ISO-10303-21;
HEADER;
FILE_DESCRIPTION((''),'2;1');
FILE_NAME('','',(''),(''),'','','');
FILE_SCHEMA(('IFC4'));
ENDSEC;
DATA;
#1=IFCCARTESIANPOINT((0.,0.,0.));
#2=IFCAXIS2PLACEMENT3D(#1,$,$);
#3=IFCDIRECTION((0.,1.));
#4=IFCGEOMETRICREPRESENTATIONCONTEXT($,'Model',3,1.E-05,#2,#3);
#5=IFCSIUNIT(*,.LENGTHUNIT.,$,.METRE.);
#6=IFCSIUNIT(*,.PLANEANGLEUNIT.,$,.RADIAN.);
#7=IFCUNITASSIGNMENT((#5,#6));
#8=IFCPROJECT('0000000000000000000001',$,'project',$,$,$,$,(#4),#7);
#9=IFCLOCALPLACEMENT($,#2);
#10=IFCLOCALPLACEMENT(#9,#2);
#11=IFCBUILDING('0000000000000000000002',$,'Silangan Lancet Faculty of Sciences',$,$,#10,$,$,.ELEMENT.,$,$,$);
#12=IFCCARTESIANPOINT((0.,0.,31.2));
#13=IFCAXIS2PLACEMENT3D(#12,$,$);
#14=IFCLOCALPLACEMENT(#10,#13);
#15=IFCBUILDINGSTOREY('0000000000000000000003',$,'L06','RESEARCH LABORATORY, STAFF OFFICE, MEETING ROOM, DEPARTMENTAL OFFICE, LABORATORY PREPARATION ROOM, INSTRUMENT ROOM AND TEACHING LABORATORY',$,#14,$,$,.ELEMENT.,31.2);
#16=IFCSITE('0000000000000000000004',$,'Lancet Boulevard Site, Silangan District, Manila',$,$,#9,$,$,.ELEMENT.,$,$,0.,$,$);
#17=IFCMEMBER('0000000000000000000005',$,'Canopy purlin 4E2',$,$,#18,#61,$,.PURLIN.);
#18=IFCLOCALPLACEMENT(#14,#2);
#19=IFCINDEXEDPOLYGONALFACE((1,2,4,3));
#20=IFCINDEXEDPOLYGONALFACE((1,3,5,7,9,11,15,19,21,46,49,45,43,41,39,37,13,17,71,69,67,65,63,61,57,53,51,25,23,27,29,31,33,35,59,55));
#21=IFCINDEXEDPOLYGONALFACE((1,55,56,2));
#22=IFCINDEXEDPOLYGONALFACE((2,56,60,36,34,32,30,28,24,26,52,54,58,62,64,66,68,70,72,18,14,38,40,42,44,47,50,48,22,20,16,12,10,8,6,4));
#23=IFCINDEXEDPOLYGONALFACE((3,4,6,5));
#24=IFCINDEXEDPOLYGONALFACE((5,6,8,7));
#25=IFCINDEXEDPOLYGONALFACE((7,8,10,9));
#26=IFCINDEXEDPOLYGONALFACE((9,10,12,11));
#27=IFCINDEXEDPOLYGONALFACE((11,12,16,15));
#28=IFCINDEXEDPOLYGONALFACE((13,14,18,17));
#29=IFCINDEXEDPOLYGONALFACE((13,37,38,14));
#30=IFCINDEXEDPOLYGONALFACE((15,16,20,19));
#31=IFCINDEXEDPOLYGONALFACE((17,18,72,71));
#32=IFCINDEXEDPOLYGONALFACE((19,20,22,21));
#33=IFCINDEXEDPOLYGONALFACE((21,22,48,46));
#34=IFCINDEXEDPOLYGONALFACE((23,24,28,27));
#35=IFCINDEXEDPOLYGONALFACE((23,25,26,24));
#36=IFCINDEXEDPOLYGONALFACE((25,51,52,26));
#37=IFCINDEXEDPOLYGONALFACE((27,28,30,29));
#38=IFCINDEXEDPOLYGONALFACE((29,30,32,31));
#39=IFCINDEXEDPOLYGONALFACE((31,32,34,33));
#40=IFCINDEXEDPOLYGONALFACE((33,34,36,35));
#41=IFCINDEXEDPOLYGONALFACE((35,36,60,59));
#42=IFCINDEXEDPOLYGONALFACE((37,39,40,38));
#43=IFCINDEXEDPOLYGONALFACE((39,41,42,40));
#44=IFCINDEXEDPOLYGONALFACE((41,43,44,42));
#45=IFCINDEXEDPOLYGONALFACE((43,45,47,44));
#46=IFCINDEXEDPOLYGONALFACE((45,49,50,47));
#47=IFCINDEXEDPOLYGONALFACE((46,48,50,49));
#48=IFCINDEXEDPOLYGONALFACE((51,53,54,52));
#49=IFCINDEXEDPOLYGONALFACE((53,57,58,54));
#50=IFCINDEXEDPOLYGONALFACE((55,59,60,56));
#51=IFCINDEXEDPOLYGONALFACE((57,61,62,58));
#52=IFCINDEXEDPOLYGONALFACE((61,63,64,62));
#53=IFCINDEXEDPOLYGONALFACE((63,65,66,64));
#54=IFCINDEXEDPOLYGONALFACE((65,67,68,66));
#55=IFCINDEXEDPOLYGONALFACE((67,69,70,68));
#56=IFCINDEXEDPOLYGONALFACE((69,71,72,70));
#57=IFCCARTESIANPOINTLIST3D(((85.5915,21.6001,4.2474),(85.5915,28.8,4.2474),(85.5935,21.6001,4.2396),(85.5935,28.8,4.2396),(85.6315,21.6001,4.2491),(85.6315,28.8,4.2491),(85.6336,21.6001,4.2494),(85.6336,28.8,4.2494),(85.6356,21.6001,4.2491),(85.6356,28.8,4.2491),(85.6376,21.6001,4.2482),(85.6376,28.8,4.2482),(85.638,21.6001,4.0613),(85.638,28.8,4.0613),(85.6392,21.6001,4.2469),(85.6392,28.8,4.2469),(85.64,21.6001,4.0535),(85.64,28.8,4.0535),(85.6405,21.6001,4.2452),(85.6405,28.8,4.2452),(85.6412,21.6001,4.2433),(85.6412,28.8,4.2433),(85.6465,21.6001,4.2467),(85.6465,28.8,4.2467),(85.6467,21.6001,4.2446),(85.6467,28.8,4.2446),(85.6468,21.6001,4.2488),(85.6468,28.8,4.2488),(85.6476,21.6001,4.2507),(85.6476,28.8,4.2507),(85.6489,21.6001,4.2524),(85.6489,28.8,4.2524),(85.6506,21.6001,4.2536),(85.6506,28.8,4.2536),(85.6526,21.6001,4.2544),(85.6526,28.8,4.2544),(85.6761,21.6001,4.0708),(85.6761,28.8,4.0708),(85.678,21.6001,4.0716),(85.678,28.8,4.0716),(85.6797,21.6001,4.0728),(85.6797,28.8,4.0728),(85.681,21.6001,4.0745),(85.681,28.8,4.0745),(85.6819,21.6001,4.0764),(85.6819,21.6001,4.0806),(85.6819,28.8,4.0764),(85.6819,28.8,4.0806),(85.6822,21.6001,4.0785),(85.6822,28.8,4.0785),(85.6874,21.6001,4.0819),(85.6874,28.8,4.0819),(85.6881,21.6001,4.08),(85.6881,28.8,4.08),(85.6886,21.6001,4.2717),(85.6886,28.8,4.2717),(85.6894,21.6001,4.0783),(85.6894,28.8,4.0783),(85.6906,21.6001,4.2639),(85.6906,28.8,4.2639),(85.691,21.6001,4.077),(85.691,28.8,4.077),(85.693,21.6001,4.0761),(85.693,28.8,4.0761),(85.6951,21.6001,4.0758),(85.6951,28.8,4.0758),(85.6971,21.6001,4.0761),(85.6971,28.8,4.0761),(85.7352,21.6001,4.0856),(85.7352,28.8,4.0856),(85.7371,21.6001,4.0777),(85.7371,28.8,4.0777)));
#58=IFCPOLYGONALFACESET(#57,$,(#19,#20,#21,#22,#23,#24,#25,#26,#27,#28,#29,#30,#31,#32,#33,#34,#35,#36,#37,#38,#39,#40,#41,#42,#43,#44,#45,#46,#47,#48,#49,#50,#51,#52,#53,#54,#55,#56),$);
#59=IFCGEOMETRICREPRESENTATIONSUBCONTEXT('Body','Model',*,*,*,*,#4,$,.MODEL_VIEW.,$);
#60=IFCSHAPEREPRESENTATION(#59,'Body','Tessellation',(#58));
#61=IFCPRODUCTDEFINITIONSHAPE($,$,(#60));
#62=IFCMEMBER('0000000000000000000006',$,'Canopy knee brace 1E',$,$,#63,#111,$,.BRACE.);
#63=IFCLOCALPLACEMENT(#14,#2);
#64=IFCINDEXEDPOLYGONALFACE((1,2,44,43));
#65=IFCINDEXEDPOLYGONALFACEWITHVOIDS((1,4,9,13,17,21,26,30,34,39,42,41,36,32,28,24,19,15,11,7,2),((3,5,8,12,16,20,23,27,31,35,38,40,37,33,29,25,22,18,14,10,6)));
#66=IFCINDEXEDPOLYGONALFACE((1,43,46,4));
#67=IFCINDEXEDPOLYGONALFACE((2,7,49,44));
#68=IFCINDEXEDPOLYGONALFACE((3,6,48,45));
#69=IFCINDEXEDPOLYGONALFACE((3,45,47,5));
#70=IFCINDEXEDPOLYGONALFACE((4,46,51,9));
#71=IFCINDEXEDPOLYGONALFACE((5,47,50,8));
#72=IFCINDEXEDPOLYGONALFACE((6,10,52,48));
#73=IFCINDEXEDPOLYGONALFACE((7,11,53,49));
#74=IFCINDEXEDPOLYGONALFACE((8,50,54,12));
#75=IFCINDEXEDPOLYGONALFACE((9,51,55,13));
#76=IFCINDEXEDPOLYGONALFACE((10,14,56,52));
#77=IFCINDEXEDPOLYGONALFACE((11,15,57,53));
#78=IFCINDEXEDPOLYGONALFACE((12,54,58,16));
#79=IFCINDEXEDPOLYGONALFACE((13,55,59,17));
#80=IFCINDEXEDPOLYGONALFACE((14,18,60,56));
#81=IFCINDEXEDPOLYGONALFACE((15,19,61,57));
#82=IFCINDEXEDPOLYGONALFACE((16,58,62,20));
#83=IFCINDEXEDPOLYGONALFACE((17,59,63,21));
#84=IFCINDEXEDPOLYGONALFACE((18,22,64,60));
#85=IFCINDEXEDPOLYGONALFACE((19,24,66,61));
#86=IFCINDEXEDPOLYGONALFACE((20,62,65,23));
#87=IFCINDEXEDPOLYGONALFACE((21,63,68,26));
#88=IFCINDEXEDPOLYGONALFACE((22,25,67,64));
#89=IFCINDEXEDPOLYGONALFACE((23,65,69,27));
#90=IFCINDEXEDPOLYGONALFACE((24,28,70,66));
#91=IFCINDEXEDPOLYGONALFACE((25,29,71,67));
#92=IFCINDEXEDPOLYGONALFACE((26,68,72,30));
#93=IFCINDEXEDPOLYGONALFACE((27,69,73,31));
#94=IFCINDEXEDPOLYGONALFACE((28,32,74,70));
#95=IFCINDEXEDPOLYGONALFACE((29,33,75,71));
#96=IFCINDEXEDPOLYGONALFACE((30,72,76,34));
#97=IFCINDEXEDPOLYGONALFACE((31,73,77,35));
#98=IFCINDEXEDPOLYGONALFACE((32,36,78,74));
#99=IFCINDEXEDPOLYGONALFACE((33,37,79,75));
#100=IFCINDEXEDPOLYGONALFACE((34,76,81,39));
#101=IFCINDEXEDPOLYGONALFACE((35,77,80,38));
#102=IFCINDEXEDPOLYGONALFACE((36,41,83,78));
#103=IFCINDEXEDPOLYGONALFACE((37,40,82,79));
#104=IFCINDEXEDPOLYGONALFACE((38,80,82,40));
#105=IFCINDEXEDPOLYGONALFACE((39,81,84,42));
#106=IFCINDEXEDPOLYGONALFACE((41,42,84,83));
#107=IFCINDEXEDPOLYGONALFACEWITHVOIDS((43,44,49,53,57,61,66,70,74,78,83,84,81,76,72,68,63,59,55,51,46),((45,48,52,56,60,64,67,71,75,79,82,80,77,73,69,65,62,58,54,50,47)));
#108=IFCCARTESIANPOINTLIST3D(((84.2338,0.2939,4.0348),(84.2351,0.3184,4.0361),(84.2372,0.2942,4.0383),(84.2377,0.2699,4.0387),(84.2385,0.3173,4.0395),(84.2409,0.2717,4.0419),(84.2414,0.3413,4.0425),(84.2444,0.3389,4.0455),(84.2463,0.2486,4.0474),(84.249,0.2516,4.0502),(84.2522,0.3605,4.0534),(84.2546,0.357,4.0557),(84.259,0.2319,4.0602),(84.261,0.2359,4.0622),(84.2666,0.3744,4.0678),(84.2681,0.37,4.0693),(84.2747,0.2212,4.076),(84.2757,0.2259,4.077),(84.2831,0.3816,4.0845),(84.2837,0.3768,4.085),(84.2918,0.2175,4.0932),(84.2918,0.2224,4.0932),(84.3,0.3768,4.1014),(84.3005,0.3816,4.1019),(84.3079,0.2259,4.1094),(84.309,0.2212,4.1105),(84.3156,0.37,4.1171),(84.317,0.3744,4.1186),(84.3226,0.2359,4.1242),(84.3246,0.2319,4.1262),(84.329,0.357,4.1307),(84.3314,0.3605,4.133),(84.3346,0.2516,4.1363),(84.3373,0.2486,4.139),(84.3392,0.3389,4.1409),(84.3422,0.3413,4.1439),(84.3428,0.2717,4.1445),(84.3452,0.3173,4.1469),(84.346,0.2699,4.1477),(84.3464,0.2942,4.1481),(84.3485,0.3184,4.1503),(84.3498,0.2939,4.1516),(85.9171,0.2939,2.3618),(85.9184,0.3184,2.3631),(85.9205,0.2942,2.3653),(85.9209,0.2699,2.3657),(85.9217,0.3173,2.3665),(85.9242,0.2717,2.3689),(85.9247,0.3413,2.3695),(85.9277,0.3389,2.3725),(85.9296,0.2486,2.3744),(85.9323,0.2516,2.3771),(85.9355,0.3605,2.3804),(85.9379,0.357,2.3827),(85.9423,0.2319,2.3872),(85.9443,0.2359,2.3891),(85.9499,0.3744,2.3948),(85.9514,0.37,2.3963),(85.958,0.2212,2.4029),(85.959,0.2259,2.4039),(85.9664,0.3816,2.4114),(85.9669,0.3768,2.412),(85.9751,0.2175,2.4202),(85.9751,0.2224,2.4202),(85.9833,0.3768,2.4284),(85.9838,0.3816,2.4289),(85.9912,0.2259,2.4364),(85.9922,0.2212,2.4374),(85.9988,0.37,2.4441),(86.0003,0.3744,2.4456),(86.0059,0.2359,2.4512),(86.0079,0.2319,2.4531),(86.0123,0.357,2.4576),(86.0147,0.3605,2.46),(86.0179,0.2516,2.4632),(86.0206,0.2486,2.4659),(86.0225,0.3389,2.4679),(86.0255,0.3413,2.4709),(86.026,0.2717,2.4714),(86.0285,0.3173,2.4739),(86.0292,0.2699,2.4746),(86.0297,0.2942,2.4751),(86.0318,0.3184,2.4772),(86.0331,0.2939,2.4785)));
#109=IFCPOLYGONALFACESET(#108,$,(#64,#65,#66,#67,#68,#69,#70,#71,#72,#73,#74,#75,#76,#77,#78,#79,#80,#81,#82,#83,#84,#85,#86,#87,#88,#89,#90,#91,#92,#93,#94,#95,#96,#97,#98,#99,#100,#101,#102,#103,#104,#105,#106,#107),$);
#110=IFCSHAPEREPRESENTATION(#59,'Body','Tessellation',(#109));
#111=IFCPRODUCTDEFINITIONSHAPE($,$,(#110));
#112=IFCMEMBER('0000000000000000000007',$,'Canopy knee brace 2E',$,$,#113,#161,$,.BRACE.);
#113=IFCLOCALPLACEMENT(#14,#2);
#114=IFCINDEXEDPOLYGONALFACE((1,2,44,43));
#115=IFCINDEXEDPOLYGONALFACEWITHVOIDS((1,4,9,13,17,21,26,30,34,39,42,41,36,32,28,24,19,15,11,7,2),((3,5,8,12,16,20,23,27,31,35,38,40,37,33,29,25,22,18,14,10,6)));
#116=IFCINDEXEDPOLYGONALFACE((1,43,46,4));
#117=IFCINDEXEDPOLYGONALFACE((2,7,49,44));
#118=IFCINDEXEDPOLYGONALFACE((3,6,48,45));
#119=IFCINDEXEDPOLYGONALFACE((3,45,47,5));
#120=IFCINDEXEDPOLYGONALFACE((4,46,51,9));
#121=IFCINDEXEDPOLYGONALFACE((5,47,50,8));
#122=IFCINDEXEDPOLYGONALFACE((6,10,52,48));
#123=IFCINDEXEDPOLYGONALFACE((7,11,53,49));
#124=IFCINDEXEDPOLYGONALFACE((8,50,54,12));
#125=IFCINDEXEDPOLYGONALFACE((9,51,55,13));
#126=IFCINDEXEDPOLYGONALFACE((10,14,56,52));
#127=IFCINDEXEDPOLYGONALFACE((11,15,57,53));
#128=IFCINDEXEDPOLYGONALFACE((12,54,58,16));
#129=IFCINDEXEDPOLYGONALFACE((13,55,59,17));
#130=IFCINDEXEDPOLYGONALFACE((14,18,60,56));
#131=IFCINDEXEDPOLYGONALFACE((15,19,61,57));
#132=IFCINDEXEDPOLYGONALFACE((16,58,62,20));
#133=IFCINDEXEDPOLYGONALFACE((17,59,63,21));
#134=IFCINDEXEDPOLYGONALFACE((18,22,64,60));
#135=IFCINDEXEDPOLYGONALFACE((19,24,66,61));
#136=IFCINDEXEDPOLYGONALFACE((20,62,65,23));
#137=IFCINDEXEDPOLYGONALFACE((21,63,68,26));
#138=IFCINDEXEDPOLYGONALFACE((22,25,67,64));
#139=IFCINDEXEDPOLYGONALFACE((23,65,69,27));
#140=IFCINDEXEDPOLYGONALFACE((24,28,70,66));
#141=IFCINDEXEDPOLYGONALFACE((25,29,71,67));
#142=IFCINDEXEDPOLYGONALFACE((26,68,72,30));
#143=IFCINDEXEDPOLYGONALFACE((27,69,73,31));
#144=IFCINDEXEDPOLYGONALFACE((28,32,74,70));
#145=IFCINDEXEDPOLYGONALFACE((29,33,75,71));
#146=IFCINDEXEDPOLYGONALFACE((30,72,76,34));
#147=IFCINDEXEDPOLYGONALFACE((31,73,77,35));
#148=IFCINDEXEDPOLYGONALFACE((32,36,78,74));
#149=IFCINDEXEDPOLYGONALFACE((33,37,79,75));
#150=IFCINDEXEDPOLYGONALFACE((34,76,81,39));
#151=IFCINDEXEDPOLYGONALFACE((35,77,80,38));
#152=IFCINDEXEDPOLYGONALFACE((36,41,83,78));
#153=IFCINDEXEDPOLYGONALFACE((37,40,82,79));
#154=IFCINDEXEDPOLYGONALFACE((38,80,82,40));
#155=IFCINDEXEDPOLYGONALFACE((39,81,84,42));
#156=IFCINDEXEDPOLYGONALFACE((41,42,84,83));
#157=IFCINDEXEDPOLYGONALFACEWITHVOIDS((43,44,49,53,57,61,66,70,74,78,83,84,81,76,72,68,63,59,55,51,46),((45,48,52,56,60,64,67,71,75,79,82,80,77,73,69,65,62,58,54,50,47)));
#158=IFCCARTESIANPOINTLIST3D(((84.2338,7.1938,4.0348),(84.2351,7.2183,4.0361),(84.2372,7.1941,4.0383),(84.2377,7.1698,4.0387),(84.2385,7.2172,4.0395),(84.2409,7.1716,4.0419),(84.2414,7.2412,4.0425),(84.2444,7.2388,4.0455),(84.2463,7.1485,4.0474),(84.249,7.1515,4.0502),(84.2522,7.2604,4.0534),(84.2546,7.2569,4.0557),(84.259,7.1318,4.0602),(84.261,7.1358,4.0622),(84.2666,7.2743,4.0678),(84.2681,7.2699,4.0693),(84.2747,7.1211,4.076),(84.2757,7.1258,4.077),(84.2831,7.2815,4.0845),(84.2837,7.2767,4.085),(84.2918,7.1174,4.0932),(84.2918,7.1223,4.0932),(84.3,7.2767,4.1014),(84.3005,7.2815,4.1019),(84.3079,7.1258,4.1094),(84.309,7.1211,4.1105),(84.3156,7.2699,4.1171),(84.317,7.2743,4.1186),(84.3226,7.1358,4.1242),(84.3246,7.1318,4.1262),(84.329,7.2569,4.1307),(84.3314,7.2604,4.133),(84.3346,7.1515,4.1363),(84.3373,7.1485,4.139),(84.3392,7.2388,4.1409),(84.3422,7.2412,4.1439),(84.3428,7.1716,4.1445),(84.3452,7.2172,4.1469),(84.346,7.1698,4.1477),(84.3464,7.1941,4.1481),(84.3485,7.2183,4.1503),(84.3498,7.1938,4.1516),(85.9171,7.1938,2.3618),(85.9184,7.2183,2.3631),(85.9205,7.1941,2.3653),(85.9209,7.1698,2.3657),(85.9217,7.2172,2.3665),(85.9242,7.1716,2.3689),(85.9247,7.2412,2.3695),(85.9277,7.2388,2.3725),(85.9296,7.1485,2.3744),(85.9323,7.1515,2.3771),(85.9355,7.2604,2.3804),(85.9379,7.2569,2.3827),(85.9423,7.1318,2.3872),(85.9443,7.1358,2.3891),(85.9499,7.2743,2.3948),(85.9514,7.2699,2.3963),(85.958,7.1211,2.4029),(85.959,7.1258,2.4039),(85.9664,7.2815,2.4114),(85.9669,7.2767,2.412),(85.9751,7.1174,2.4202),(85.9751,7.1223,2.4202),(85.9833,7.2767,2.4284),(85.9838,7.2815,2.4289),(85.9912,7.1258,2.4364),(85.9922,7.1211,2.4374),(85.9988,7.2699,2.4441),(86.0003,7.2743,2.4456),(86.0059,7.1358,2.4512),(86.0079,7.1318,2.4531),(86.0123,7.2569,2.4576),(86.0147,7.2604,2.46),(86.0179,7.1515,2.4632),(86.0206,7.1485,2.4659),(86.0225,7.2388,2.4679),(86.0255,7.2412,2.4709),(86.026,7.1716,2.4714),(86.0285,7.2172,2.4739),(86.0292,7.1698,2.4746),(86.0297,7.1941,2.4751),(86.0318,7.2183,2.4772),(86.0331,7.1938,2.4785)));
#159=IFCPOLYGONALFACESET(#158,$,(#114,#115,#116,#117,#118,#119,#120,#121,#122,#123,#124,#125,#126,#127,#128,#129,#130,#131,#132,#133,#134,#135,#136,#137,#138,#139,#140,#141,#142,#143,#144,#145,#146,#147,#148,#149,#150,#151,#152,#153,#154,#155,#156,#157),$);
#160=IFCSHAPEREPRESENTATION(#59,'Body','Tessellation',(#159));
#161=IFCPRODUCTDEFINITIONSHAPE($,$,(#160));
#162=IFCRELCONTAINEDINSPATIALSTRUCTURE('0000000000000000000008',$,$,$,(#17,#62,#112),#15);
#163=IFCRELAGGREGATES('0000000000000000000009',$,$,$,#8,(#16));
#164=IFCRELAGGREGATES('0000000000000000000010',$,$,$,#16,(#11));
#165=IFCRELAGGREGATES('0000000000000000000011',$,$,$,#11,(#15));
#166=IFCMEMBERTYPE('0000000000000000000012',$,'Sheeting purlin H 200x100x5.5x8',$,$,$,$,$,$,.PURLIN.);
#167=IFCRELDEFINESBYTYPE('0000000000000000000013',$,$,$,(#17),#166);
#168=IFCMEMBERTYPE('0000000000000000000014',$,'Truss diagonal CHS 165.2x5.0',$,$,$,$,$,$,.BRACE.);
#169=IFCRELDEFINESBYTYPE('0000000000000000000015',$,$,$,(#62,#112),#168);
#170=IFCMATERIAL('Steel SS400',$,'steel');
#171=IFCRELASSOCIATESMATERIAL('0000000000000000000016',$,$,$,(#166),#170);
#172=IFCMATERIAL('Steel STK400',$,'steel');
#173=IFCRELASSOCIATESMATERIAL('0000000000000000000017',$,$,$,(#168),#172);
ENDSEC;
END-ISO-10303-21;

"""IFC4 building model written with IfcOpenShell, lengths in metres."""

from ifc_helpers import new_model, si_unit, direction, frame, origin, origin_2d, place, context, subcontext, project, spatial, hollow_circle, i_section, extrude, material, material_profile, profile_set, type_object, element, save


model = new_model("IFC4")

# Units and contexts
model_context = context("Model", 3, precision=1e-05, world=origin(), true_north=direction((0.0, 1.0)))
body_context = subcontext(model_context, "Body", "Model", "MODEL_VIEW")
ifc_project = project(units=[si_unit("LENGTHUNIT", "METRE"), si_unit("PLANEANGLEUNIT", "RADIAN")], contexts=[model_context])

# Site, building, storey
site_placement = place(None, origin())
site = spatial("IfcSite", under=ifc_project, at=site_placement, Name="Lancet Boulevard Site, Silangan District, Manila", CompositionType="ELEMENT", RefElevation=0.0)
building_placement = place(site_placement, origin())
building = spatial("IfcBuilding", under=site, at=building_placement, Name="Silangan Lancet Faculty of Sciences", CompositionType="ELEMENT")
storey_placement = place(building_placement, frame((0.0, 0.0, 31.2)))
storey = spatial("IfcBuildingStorey", under=building, at=storey_placement, Name="L06", Description="RESEARCH LABORATORY, STAFF OFFICE, MEETING ROOM, DEPARTMENTAL OFFICE, LABORATORY PREPARATION ROOM, INSTRUMENT ROOM AND TEACHING LABORATORY", CompositionType="ELEMENT", Elevation=31.2)

# Members
ifc_material_1 = material(Name="Steel SS400", Category="steel")
ifc_material_profile_1 = material_profile(ifc_material_1, i_section(OverallWidth=0.1001, OverallDepth=0.2, WebThickness=0.0056, FlangeThickness=0.0081, FilletRadius=0.0081, at=origin_2d()), Name="H 200x100x5.5x8")
ifc_profile_set_1 = profile_set([ifc_material_profile_1], Name="Steel SS400")
member_type_1 = type_object("IfcMemberType", Name="Sheeting purlin H 200x100x5.5x8", PredefinedType="PURLIN", material=ifc_profile_set_1)
for number, where, z_axis, x_axis, name in (
    (1, (85.6643, 21.6001, 4.1626), (0.0, 1.0, 0.0), (-0.970143, 0.0, -0.242536), "Canopy purlin 4E2"),
):
    element("IfcMember", number, at=place(storey_placement, frame(where, z_axis=z_axis, x_axis=x_axis)), inside=storey, type_object=member_type_1, Name=name, PredefinedType="PURLIN", context=body_context, shape_type="SweptSolid", body=[
        extrude(i_section(OverallWidth=0.1001, OverallDepth=0.2, WebThickness=0.0056, FlangeThickness=0.0081, FilletRadius=0.0081, at=origin_2d()), origin(), (0.0, 0.0, 1.0), 7.2),
    ])
ifc_material_2 = material(Name="Steel STK400", Category="steel")
ifc_material_profile_2 = material_profile(ifc_material_2, hollow_circle(Radius=0.0825, WallThickness=0.0049, at=origin_2d()), Name="CHS 165.2x5.0")
ifc_profile_set_2 = profile_set([ifc_material_profile_2], Name="Steel STK400")
member_type_2 = type_object("IfcMemberType", Name="Truss diagonal CHS 165.2x5.0", PredefinedType="BRACE", material=ifc_profile_set_2)
for number, where, z_axis, x_axis, name in (
    (2, (85.9751, 0.3, 2.4202), (-0.709264, 0.0, 0.704943), (0.0, -1.0, 0.0), "Canopy knee brace 1E"),
    (3, (85.9751, 7.2, 2.4202), (-0.709264, 0.0, 0.704943), (0.0, -1.0, 0.0), "Canopy knee brace 2E"),
):
    element("IfcMember", number, at=place(storey_placement, frame(where, z_axis=z_axis, x_axis=x_axis)), inside=storey, type_object=member_type_2, Name=name, PredefinedType="BRACE", context=body_context, shape_type="SweptSolid", body=[
        extrude(hollow_circle(Radius=0.0825, WallThickness=0.0049, at=origin_2d()), origin(), (0.0, 0.0, 1.0), 2.3733),
    ])

save(model, "model.ifc")
